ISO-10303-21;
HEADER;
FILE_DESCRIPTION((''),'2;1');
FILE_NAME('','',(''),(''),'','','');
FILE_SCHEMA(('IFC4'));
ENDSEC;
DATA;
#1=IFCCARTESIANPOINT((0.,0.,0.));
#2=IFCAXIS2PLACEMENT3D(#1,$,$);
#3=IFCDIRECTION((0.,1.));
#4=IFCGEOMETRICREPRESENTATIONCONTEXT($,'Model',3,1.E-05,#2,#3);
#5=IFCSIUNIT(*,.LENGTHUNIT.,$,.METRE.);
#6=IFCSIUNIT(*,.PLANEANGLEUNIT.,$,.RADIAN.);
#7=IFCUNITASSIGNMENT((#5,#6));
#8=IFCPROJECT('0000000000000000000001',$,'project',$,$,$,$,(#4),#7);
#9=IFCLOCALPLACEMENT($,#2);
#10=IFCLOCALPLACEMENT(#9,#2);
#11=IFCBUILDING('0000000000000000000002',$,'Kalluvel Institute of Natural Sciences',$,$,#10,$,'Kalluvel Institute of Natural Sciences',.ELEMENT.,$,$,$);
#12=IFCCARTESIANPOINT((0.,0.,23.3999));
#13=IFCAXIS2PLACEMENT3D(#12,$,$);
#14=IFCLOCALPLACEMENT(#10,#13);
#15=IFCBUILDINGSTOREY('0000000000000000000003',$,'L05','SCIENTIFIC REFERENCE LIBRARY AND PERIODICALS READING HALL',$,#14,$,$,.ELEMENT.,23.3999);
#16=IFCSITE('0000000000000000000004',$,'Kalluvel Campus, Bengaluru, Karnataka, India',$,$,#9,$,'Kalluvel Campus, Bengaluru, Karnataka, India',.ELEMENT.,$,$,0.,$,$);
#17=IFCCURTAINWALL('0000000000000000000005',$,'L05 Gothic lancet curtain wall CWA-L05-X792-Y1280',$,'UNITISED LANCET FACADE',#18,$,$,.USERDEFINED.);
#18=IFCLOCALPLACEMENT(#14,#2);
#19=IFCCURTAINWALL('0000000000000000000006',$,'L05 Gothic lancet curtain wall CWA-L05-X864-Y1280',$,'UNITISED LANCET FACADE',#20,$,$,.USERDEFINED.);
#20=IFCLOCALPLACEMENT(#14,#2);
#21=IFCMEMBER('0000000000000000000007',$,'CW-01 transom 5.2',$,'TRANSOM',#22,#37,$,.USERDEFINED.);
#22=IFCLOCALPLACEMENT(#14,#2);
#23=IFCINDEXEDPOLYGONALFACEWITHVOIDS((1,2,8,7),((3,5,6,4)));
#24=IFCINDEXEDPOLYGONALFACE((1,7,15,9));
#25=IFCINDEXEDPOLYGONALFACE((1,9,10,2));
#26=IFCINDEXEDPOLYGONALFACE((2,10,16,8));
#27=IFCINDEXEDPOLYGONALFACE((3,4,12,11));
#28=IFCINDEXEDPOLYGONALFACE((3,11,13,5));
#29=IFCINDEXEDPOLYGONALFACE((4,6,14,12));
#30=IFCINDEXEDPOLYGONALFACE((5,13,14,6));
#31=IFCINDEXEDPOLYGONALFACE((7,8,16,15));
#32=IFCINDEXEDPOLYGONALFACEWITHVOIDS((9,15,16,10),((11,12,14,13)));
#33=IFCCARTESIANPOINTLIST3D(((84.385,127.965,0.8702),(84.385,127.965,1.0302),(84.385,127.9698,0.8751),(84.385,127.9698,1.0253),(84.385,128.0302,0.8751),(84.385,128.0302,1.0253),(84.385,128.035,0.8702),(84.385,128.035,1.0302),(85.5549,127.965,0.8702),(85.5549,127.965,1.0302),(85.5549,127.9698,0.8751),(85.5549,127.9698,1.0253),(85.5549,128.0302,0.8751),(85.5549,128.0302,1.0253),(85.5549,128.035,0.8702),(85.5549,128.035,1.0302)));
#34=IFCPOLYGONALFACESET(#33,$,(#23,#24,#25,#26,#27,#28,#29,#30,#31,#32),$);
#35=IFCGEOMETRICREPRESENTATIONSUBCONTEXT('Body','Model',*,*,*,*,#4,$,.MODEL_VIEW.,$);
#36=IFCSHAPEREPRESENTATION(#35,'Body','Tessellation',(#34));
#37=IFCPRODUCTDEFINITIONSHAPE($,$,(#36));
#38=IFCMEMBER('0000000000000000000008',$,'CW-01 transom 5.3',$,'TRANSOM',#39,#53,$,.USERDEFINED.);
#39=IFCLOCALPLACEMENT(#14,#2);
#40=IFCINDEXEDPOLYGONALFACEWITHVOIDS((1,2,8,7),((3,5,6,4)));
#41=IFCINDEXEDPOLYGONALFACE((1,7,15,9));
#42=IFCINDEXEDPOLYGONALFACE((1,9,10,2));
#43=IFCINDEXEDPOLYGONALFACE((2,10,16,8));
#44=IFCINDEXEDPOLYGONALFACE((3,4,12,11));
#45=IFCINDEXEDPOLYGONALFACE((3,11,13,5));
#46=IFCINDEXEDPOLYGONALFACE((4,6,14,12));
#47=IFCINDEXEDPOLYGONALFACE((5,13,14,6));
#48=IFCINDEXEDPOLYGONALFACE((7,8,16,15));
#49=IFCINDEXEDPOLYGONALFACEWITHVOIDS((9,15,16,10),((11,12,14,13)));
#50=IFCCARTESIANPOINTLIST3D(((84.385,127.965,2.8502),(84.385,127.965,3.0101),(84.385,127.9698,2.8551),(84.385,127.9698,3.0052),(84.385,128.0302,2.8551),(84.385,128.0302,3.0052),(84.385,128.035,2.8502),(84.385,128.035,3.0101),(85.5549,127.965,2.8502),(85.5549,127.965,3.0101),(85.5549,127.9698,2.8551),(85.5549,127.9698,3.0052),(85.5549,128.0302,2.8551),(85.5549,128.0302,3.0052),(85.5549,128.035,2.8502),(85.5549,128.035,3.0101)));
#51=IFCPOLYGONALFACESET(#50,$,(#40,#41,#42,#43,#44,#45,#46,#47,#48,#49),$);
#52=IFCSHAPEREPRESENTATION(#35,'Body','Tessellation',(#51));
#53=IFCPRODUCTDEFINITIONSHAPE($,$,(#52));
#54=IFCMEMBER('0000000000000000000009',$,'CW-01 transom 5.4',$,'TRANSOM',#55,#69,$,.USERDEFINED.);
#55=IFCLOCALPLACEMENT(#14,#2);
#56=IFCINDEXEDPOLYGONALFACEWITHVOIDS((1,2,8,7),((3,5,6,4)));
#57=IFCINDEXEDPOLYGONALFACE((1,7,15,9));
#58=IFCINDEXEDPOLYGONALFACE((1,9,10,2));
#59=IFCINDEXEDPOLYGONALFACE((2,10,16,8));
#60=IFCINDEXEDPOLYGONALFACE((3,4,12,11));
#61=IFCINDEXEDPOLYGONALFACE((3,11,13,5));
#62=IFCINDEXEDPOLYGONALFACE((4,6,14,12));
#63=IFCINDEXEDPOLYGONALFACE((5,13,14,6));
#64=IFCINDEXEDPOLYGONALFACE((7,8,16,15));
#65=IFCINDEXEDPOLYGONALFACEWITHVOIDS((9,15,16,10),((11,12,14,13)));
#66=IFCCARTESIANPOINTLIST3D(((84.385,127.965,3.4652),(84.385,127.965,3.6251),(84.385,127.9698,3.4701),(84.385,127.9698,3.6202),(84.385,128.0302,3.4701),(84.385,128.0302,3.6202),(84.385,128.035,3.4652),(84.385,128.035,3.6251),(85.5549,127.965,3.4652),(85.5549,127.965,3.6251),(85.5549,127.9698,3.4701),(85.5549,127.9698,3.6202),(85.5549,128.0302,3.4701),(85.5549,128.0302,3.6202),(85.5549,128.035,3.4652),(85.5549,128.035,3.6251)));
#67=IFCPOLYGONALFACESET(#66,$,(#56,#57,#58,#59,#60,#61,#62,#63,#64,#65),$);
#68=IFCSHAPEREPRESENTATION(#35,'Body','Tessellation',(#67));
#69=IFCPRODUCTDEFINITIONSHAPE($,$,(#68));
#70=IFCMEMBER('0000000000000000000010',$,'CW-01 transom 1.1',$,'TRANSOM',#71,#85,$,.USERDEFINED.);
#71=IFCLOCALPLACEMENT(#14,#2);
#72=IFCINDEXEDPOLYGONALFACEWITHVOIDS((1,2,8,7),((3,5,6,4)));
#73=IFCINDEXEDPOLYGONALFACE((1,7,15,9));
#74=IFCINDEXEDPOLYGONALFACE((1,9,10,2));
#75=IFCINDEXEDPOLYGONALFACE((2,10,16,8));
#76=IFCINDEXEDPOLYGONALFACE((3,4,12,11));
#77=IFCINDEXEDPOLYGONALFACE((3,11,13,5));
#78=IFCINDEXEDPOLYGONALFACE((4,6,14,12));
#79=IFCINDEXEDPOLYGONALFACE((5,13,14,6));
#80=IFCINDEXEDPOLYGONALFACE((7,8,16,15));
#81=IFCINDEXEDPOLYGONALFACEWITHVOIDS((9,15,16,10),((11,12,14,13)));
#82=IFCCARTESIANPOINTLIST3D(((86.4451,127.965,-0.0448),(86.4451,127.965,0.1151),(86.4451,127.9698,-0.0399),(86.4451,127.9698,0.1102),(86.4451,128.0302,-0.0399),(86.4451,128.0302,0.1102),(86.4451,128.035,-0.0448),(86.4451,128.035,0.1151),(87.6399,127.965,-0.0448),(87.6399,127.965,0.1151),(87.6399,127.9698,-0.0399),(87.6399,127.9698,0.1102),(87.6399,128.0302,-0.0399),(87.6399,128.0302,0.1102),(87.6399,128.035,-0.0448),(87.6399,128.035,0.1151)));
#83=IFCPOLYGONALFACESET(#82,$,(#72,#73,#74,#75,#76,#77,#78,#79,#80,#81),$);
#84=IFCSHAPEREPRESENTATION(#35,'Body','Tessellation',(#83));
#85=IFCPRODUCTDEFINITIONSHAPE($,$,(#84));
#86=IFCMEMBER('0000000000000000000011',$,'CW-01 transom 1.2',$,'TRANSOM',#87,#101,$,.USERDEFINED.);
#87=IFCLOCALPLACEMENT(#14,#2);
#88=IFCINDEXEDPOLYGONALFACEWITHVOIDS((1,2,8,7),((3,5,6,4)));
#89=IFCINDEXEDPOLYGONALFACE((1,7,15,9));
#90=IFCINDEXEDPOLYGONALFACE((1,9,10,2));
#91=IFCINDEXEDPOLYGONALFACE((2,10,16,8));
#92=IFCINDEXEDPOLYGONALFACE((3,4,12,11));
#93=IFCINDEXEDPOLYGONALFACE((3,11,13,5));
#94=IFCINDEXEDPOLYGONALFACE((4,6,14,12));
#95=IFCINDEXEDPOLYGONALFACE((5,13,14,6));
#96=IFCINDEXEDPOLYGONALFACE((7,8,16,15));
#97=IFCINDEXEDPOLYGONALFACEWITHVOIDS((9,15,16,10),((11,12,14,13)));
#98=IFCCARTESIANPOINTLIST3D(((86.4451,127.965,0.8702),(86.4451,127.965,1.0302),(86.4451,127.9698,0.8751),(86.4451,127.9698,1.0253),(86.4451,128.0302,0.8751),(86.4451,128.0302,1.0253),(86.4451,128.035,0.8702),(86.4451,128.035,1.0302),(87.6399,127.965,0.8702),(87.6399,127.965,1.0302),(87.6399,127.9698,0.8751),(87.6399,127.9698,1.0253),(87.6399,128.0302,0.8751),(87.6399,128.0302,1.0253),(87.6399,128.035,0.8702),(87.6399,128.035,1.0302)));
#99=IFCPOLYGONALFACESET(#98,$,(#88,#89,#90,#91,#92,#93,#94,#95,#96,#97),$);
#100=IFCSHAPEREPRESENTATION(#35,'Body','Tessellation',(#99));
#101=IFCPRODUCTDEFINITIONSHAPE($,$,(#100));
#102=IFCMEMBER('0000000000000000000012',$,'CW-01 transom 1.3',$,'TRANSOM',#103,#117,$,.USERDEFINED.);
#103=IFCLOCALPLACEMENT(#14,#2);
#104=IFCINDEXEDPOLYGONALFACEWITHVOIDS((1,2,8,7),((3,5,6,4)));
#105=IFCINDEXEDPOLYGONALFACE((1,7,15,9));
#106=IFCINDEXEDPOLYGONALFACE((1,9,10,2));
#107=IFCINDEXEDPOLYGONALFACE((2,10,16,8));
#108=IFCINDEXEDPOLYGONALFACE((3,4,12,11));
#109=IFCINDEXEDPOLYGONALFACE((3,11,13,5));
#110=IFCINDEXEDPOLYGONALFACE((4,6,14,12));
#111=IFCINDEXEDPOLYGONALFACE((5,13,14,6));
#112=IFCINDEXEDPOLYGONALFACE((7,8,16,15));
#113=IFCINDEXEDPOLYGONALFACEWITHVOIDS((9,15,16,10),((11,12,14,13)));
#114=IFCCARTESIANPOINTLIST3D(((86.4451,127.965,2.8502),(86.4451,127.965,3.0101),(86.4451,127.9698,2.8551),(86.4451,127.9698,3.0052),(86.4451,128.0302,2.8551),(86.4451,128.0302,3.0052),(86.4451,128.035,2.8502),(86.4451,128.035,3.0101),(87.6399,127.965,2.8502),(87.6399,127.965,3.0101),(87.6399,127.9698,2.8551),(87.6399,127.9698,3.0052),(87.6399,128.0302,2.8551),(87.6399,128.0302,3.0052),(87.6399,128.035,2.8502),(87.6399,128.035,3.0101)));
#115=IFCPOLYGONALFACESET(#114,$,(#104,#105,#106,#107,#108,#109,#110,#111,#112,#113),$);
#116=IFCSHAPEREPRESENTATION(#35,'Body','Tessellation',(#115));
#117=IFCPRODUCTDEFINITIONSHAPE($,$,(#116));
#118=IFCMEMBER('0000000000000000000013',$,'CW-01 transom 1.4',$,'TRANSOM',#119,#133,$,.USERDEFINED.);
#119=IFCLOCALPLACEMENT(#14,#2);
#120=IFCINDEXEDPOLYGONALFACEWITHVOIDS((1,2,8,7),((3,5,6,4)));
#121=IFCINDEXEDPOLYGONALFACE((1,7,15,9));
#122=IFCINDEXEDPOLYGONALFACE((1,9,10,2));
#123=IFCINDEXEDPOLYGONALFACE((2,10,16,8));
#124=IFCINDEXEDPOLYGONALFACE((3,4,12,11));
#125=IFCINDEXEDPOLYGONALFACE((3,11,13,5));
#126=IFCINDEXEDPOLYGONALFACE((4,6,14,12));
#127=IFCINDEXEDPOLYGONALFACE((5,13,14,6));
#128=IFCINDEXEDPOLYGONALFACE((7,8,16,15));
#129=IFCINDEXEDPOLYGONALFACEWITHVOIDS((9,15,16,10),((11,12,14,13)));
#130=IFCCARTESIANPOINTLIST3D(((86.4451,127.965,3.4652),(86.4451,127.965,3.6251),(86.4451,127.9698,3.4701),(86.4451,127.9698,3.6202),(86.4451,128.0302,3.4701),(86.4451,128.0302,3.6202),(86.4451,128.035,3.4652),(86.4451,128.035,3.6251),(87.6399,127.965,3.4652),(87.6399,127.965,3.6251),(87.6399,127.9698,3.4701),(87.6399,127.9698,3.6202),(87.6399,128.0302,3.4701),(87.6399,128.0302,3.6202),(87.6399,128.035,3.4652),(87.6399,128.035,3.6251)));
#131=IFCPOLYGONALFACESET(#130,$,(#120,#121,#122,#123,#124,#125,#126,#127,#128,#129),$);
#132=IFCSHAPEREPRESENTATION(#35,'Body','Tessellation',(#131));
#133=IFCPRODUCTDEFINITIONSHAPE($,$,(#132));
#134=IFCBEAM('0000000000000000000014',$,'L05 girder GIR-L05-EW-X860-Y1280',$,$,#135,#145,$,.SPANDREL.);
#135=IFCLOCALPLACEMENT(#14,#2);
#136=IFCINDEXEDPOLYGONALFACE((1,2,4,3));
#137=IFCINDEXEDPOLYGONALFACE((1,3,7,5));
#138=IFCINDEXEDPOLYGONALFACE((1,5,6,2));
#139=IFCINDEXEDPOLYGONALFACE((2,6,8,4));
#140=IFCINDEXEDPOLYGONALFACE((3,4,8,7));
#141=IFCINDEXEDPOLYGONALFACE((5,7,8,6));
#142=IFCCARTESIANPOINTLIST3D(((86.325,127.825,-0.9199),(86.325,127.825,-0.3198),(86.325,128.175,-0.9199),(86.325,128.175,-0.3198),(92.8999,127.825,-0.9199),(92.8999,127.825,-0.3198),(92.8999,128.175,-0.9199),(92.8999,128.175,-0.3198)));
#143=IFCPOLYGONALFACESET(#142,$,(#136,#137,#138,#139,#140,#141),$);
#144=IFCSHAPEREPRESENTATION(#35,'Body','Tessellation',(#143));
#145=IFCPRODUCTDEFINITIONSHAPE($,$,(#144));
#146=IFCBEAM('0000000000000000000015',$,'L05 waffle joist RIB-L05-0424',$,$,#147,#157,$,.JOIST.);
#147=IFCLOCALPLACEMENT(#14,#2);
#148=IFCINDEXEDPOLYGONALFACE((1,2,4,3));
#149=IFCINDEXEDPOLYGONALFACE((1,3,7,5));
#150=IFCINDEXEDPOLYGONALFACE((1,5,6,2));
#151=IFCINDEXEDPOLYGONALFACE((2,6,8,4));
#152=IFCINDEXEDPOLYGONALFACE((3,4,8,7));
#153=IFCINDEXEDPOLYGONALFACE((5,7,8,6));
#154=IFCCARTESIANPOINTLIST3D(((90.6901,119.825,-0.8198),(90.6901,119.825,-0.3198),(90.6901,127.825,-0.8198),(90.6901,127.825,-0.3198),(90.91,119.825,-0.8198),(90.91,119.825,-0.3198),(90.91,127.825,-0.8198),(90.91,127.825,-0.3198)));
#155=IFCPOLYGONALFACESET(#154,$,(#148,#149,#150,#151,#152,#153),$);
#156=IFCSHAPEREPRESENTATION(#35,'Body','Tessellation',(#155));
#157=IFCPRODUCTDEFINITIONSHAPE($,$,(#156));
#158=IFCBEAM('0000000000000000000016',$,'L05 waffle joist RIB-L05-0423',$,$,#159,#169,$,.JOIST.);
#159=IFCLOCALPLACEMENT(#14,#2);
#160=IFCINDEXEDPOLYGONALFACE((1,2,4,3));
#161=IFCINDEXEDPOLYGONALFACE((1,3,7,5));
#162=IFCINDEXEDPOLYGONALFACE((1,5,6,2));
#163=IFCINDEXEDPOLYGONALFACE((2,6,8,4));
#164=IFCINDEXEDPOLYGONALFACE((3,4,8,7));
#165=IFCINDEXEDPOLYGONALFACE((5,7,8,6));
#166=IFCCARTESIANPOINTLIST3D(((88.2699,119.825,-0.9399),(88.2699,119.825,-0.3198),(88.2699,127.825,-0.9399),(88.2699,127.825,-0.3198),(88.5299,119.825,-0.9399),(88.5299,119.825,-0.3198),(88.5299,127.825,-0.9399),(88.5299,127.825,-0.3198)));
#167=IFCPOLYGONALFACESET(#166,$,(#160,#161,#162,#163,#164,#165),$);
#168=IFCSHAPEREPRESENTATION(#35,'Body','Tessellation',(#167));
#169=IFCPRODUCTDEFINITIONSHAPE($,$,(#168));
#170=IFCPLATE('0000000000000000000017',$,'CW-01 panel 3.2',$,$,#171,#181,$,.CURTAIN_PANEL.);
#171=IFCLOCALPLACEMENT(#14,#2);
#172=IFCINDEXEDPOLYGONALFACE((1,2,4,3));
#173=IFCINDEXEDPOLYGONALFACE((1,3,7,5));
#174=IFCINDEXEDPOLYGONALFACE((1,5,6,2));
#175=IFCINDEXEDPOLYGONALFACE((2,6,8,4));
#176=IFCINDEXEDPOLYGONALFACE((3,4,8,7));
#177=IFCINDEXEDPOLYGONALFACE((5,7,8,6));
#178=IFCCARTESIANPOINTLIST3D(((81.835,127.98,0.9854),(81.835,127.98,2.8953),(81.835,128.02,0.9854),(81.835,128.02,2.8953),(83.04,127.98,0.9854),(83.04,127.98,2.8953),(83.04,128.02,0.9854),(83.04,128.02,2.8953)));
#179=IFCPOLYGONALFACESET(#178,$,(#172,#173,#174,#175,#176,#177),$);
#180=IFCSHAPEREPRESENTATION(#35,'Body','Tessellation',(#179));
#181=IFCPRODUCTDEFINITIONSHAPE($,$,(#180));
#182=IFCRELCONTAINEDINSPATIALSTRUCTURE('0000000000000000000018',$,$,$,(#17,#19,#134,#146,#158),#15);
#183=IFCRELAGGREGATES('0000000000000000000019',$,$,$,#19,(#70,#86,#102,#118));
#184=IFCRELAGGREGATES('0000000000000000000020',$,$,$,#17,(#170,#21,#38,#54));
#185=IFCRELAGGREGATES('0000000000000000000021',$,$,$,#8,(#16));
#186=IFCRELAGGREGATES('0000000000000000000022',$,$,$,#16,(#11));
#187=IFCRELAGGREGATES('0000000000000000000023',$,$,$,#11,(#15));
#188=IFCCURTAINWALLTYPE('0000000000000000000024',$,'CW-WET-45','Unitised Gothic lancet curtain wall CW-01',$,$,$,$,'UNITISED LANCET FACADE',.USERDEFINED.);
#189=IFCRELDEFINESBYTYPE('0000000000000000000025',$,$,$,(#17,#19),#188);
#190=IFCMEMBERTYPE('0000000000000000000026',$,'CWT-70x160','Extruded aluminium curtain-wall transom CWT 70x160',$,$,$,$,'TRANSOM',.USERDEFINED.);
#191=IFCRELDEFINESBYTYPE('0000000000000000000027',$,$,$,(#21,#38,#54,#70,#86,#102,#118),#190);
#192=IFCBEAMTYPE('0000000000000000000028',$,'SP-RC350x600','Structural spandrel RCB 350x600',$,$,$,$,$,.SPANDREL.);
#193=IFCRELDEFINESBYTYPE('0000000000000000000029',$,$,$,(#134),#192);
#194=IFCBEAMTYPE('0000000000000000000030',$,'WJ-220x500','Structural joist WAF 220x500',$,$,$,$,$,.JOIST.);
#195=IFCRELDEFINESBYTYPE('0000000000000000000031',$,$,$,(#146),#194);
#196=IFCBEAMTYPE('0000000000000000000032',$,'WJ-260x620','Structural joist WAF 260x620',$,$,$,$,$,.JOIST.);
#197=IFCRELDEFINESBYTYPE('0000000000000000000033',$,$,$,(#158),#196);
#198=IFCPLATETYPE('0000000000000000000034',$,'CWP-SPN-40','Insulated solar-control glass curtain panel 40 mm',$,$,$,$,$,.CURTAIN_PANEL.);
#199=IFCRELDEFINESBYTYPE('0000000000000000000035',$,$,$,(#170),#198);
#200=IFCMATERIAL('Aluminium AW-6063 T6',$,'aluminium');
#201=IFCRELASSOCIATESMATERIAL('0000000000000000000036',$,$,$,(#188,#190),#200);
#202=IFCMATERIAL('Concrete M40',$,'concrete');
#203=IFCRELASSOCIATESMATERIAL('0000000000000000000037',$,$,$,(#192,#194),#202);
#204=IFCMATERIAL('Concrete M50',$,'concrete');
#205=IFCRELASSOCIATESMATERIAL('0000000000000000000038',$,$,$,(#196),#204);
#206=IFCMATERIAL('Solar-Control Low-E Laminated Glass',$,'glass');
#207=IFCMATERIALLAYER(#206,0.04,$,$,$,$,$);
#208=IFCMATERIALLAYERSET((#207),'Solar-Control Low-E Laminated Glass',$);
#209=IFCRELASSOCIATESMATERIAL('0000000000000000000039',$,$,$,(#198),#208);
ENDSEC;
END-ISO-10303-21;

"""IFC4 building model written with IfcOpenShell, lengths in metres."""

from ifc_helpers import new_model, si_unit, direction, frame, origin, origin_2d, place, context, subcontext, project, spatial, rectangle, hollow_rectangle, extrude, material, layer, layer_set, material_profile, profile_set, type_object, element, aggregate, save


model = new_model("IFC4")

# Units and contexts
model_context = context("Model", 3, precision=1e-05, world=origin(), true_north=direction((0.0, 1.0)))
body_context = subcontext(model_context, "Body", "Model", "MODEL_VIEW")
ifc_project = project(units=[si_unit("LENGTHUNIT", "METRE"), si_unit("PLANEANGLEUNIT", "RADIAN")], contexts=[model_context])

# Site, building, storey
site_placement = place(None, origin())
site = spatial("IfcSite", under=ifc_project, at=site_placement, Name="Kalluvel Campus, Bengaluru, Karnataka, India", LongName="Kalluvel Campus, Bengaluru, Karnataka, India", CompositionType="ELEMENT", RefElevation=0.0)
building_placement = place(site_placement, origin())
building = spatial("IfcBuilding", under=site, at=building_placement, Name="Kalluvel Institute of Natural Sciences", LongName="Kalluvel Institute of Natural Sciences", CompositionType="ELEMENT")
storey_placement = place(building_placement, frame((0.0, 0.0, 23.3999)))
storey = spatial("IfcBuildingStorey", under=building, at=storey_placement, Name="L05", Description="SCIENTIFIC REFERENCE LIBRARY AND PERIODICALS READING HALL", CompositionType="ELEMENT", Elevation=23.3999)

# Shared definitions
ifc_material_1 = material(Name="Concrete M40", Category="concrete")

# Shared definitions
ifc_material_2 = material(Name="Concrete M50", Category="concrete")

# Curtain wall
ifc_material_3 = material(Name="Aluminium AW-6063 T6", Category="aluminium")
curtain_wall_type = type_object("IfcCurtainWallType", Name="CW-WET-45", Description="Unitised Gothic lancet curtain wall CW-01", ElementType="UNITISED LANCET FACADE", PredefinedType="USERDEFINED", material=ifc_material_3)
curtain_wall_1_placement = place(storey_placement, origin())
curtain_wall_1 = element("IfcCurtainWall", 1, at=curtain_wall_1_placement, inside=storey, type_object=curtain_wall_type, Name="L05 Gothic lancet curtain wall CWA-L05-X792-Y1280", ObjectType="UNITISED LANCET FACADE", PredefinedType="USERDEFINED")

# Curtain wall
curtain_wall_2_placement = place(storey_placement, origin())
curtain_wall_2 = element("IfcCurtainWall", 2, at=curtain_wall_2_placement, inside=storey, type_object=curtain_wall_type, Name="L05 Gothic lancet curtain wall CWA-L05-X864-Y1280", ObjectType="UNITISED LANCET FACADE", PredefinedType="USERDEFINED")

# Members
ifc_material_profile_1 = material_profile(ifc_material_3, hollow_rectangle(XDim=0.0701, YDim=0.1599, WallThickness=0.0049, at=origin_2d()), Name="CWT 70x160")
ifc_profile_set_1 = profile_set([ifc_material_profile_1], Name="Aluminium AW-6063 T6")
member_type_1 = type_object("IfcMemberType", Name="CWT-70x160", Description="Extruded aluminium curtain-wall transom CWT 70x160", ElementType="TRANSOM", PredefinedType="USERDEFINED", material=ifc_profile_set_1)
member_1_placement = place(storey_placement, frame((84.385, 128.0, 0.9502), z_axis=(1.0, 0.0, 0.0), x_axis=(0.0, 1.0, 0.0)))
member_1 = element("IfcMember", 3, at=member_1_placement, type_object=member_type_1, Name="CW-01 transom 5.2", ObjectType="TRANSOM", PredefinedType="USERDEFINED", context=body_context, shape_type="SweptSolid", body=[
    extrude(hollow_rectangle(XDim=0.0701, YDim=0.1599, WallThickness=0.0049, at=origin_2d()), origin(), (0.0, 0.0, 1.0), 1.1699),
])
member_2_placement = place(storey_placement, frame((84.385, 128.0, 2.9302), z_axis=(1.0, 0.0, 0.0), x_axis=(0.0, 1.0, 0.0)))
member_2 = element("IfcMember", 4, at=member_2_placement, type_object=member_type_1, Name="CW-01 transom 5.3", ObjectType="TRANSOM", PredefinedType="USERDEFINED", context=body_context, shape_type="SweptSolid", body=[
    extrude(hollow_rectangle(XDim=0.0701, YDim=0.1599, WallThickness=0.0049, at=origin_2d()), origin(), (0.0, 0.0, 1.0), 1.1699),
])
member_3_placement = place(storey_placement, frame((84.385, 128.0, 3.5452), z_axis=(1.0, 0.0, 0.0), x_axis=(0.0, 1.0, 0.0)))
member_3 = element("IfcMember", 5, at=member_3_placement, type_object=member_type_1, Name="CW-01 transom 5.4", ObjectType="TRANSOM", PredefinedType="USERDEFINED", context=body_context, shape_type="SweptSolid", body=[
    extrude(hollow_rectangle(XDim=0.0701, YDim=0.1599, WallThickness=0.0049, at=origin_2d()), origin(), (0.0, 0.0, 1.0), 1.1699),
])
member_4_placement = place(storey_placement, frame((86.4451, 128.0, 0.0352), z_axis=(1.0, 0.0, 0.0), x_axis=(0.0, 1.0, 0.0)))
member_4 = element("IfcMember", 6, at=member_4_placement, type_object=member_type_1, Name="CW-01 transom 1.1", ObjectType="TRANSOM", PredefinedType="USERDEFINED", context=body_context, shape_type="SweptSolid", body=[
    extrude(hollow_rectangle(XDim=0.0701, YDim=0.1599, WallThickness=0.0049, at=origin_2d()), origin(), (0.0, 0.0, 1.0), 1.1948),
])
member_5_placement = place(storey_placement, frame((86.4451, 128.0, 0.9502), z_axis=(1.0, 0.0, 0.0), x_axis=(0.0, 1.0, 0.0)))
member_5 = element("IfcMember", 7, at=member_5_placement, type_object=member_type_1, Name="CW-01 transom 1.2", ObjectType="TRANSOM", PredefinedType="USERDEFINED", context=body_context, shape_type="SweptSolid", body=[
    extrude(hollow_rectangle(XDim=0.0701, YDim=0.1599, WallThickness=0.0049, at=origin_2d()), origin(), (0.0, 0.0, 1.0), 1.1948),
])
member_6_placement = place(storey_placement, frame((86.4451, 128.0, 2.9302), z_axis=(1.0, 0.0, 0.0), x_axis=(0.0, 1.0, 0.0)))
member_6 = element("IfcMember", 8, at=member_6_placement, type_object=member_type_1, Name="CW-01 transom 1.3", ObjectType="TRANSOM", PredefinedType="USERDEFINED", context=body_context, shape_type="SweptSolid", body=[
    extrude(hollow_rectangle(XDim=0.0701, YDim=0.1599, WallThickness=0.0049, at=origin_2d()), origin(), (0.0, 0.0, 1.0), 1.1948),
])
member_7_placement = place(storey_placement, frame((86.4451, 128.0, 3.5452), z_axis=(1.0, 0.0, 0.0), x_axis=(0.0, 1.0, 0.0)))
member_7 = element("IfcMember", 9, at=member_7_placement, type_object=member_type_1, Name="CW-01 transom 1.4", ObjectType="TRANSOM", PredefinedType="USERDEFINED", context=body_context, shape_type="SweptSolid", body=[
    extrude(hollow_rectangle(XDim=0.0701, YDim=0.1599, WallThickness=0.0049, at=origin_2d()), origin(), (0.0, 0.0, 1.0), 1.1948),
])
aggregate(curtain_wall_2, [member_4, member_5, member_6, member_7])

# Beams
ifc_material_profile_2 = material_profile(ifc_material_1, rectangle(XDim=0.3501, YDim=0.6001, at=origin_2d()), Name="RCB 350x600")
ifc_profile_set_2 = profile_set([ifc_material_profile_2], Name="Concrete M40")
beam_type_1 = type_object("IfcBeamType", Name="SP-RC350x600", Description="Structural spandrel RCB 350x600", PredefinedType="SPANDREL", material=ifc_profile_set_2)
beam_1_placement = place(storey_placement, frame((86.325, 128.0, -0.6199), z_axis=(1.0, 0.0, 0.0), x_axis=(0.0, 1.0, 0.0)))
element("IfcBeam", 10, at=beam_1_placement, inside=storey, type_object=beam_type_1, Name="L05 girder GIR-L05-EW-X860-Y1280", PredefinedType="SPANDREL", context=body_context, shape_type="SweptSolid", body=[
    extrude(rectangle(XDim=0.3501, YDim=0.6001, at=origin_2d()), origin(), (0.0, 0.0, 1.0), 6.575),
])
ifc_material_profile_3 = material_profile(ifc_material_1, rectangle(XDim=0.22, YDim=0.5, at=origin_2d()), Name="WAF 220x500")
ifc_profile_set_3 = profile_set([ifc_material_profile_3], Name="Concrete M40")
beam_type_2 = type_object("IfcBeamType", Name="WJ-220x500", Description="Structural joist WAF 220x500", PredefinedType="JOIST", material=ifc_profile_set_3)
beam_2_placement = place(storey_placement, frame((90.8, 119.825, -0.5698), z_axis=(0.0, 1.0, 0.0), x_axis=(-1.0, 0.0, 0.0)))
element("IfcBeam", 11, at=beam_2_placement, inside=storey, type_object=beam_type_2, Name="L05 waffle joist RIB-L05-0424", PredefinedType="JOIST", context=body_context, shape_type="SweptSolid", body=[
    extrude(rectangle(XDim=0.22, YDim=0.5, at=origin_2d()), origin(), (0.0, 0.0, 1.0), 8.0),
])
ifc_material_profile_4 = material_profile(ifc_material_2, rectangle(XDim=0.26, YDim=0.6201, at=origin_2d()), Name="WAF 260x620")
ifc_profile_set_4 = profile_set([ifc_material_profile_4], Name="Concrete M50")
beam_type_3 = type_object("IfcBeamType", Name="WJ-260x620", Description="Structural joist WAF 260x620", PredefinedType="JOIST", material=ifc_profile_set_4)
beam_3_placement = place(storey_placement, frame((88.3999, 119.825, -0.6299), z_axis=(0.0, 1.0, 0.0), x_axis=(-1.0, 0.0, 0.0)))
element("IfcBeam", 12, at=beam_3_placement, inside=storey, type_object=beam_type_3, Name="L05 waffle joist RIB-L05-0423", PredefinedType="JOIST", context=body_context, shape_type="SweptSolid", body=[
    extrude(rectangle(XDim=0.26, YDim=0.6201, at=origin_2d()), origin(), (0.0, 0.0, 1.0), 8.0),
])

# Plate
ifc_material_4 = material(Name="Solar-Control Low-E Laminated Glass", Category="glass")
ifc_layer = layer(ifc_material_4, 0.04)
ifc_layer_set = layer_set([ifc_layer], Name="Solar-Control Low-E Laminated Glass")
plate_type = type_object("IfcPlateType", Name="CWP-SPN-40", Description="Insulated solar-control glass curtain panel 40 mm", PredefinedType="CURTAIN_PANEL", material=ifc_layer_set)
plate_1_placement = place(storey_placement, frame((82.4375, 128.0, 0.9854), z_axis=(0.0, 0.0, 1.0), x_axis=(1.0, 0.0, 0.0)))
plate_1 = element("IfcPlate", 13, at=plate_1_placement, type_object=plate_type, Name="CW-01 panel 3.2", PredefinedType="CURTAIN_PANEL", context=body_context, shape_type="SweptSolid", body=[
    extrude(rectangle(XDim=1.2051, YDim=0.04, at=origin_2d()), origin(), (0.0, 0.0, 1.0), 1.9099),
])
aggregate(curtain_wall_1, [plate_1, member_1, member_2, member_3])

save(model, "model.ifc")
